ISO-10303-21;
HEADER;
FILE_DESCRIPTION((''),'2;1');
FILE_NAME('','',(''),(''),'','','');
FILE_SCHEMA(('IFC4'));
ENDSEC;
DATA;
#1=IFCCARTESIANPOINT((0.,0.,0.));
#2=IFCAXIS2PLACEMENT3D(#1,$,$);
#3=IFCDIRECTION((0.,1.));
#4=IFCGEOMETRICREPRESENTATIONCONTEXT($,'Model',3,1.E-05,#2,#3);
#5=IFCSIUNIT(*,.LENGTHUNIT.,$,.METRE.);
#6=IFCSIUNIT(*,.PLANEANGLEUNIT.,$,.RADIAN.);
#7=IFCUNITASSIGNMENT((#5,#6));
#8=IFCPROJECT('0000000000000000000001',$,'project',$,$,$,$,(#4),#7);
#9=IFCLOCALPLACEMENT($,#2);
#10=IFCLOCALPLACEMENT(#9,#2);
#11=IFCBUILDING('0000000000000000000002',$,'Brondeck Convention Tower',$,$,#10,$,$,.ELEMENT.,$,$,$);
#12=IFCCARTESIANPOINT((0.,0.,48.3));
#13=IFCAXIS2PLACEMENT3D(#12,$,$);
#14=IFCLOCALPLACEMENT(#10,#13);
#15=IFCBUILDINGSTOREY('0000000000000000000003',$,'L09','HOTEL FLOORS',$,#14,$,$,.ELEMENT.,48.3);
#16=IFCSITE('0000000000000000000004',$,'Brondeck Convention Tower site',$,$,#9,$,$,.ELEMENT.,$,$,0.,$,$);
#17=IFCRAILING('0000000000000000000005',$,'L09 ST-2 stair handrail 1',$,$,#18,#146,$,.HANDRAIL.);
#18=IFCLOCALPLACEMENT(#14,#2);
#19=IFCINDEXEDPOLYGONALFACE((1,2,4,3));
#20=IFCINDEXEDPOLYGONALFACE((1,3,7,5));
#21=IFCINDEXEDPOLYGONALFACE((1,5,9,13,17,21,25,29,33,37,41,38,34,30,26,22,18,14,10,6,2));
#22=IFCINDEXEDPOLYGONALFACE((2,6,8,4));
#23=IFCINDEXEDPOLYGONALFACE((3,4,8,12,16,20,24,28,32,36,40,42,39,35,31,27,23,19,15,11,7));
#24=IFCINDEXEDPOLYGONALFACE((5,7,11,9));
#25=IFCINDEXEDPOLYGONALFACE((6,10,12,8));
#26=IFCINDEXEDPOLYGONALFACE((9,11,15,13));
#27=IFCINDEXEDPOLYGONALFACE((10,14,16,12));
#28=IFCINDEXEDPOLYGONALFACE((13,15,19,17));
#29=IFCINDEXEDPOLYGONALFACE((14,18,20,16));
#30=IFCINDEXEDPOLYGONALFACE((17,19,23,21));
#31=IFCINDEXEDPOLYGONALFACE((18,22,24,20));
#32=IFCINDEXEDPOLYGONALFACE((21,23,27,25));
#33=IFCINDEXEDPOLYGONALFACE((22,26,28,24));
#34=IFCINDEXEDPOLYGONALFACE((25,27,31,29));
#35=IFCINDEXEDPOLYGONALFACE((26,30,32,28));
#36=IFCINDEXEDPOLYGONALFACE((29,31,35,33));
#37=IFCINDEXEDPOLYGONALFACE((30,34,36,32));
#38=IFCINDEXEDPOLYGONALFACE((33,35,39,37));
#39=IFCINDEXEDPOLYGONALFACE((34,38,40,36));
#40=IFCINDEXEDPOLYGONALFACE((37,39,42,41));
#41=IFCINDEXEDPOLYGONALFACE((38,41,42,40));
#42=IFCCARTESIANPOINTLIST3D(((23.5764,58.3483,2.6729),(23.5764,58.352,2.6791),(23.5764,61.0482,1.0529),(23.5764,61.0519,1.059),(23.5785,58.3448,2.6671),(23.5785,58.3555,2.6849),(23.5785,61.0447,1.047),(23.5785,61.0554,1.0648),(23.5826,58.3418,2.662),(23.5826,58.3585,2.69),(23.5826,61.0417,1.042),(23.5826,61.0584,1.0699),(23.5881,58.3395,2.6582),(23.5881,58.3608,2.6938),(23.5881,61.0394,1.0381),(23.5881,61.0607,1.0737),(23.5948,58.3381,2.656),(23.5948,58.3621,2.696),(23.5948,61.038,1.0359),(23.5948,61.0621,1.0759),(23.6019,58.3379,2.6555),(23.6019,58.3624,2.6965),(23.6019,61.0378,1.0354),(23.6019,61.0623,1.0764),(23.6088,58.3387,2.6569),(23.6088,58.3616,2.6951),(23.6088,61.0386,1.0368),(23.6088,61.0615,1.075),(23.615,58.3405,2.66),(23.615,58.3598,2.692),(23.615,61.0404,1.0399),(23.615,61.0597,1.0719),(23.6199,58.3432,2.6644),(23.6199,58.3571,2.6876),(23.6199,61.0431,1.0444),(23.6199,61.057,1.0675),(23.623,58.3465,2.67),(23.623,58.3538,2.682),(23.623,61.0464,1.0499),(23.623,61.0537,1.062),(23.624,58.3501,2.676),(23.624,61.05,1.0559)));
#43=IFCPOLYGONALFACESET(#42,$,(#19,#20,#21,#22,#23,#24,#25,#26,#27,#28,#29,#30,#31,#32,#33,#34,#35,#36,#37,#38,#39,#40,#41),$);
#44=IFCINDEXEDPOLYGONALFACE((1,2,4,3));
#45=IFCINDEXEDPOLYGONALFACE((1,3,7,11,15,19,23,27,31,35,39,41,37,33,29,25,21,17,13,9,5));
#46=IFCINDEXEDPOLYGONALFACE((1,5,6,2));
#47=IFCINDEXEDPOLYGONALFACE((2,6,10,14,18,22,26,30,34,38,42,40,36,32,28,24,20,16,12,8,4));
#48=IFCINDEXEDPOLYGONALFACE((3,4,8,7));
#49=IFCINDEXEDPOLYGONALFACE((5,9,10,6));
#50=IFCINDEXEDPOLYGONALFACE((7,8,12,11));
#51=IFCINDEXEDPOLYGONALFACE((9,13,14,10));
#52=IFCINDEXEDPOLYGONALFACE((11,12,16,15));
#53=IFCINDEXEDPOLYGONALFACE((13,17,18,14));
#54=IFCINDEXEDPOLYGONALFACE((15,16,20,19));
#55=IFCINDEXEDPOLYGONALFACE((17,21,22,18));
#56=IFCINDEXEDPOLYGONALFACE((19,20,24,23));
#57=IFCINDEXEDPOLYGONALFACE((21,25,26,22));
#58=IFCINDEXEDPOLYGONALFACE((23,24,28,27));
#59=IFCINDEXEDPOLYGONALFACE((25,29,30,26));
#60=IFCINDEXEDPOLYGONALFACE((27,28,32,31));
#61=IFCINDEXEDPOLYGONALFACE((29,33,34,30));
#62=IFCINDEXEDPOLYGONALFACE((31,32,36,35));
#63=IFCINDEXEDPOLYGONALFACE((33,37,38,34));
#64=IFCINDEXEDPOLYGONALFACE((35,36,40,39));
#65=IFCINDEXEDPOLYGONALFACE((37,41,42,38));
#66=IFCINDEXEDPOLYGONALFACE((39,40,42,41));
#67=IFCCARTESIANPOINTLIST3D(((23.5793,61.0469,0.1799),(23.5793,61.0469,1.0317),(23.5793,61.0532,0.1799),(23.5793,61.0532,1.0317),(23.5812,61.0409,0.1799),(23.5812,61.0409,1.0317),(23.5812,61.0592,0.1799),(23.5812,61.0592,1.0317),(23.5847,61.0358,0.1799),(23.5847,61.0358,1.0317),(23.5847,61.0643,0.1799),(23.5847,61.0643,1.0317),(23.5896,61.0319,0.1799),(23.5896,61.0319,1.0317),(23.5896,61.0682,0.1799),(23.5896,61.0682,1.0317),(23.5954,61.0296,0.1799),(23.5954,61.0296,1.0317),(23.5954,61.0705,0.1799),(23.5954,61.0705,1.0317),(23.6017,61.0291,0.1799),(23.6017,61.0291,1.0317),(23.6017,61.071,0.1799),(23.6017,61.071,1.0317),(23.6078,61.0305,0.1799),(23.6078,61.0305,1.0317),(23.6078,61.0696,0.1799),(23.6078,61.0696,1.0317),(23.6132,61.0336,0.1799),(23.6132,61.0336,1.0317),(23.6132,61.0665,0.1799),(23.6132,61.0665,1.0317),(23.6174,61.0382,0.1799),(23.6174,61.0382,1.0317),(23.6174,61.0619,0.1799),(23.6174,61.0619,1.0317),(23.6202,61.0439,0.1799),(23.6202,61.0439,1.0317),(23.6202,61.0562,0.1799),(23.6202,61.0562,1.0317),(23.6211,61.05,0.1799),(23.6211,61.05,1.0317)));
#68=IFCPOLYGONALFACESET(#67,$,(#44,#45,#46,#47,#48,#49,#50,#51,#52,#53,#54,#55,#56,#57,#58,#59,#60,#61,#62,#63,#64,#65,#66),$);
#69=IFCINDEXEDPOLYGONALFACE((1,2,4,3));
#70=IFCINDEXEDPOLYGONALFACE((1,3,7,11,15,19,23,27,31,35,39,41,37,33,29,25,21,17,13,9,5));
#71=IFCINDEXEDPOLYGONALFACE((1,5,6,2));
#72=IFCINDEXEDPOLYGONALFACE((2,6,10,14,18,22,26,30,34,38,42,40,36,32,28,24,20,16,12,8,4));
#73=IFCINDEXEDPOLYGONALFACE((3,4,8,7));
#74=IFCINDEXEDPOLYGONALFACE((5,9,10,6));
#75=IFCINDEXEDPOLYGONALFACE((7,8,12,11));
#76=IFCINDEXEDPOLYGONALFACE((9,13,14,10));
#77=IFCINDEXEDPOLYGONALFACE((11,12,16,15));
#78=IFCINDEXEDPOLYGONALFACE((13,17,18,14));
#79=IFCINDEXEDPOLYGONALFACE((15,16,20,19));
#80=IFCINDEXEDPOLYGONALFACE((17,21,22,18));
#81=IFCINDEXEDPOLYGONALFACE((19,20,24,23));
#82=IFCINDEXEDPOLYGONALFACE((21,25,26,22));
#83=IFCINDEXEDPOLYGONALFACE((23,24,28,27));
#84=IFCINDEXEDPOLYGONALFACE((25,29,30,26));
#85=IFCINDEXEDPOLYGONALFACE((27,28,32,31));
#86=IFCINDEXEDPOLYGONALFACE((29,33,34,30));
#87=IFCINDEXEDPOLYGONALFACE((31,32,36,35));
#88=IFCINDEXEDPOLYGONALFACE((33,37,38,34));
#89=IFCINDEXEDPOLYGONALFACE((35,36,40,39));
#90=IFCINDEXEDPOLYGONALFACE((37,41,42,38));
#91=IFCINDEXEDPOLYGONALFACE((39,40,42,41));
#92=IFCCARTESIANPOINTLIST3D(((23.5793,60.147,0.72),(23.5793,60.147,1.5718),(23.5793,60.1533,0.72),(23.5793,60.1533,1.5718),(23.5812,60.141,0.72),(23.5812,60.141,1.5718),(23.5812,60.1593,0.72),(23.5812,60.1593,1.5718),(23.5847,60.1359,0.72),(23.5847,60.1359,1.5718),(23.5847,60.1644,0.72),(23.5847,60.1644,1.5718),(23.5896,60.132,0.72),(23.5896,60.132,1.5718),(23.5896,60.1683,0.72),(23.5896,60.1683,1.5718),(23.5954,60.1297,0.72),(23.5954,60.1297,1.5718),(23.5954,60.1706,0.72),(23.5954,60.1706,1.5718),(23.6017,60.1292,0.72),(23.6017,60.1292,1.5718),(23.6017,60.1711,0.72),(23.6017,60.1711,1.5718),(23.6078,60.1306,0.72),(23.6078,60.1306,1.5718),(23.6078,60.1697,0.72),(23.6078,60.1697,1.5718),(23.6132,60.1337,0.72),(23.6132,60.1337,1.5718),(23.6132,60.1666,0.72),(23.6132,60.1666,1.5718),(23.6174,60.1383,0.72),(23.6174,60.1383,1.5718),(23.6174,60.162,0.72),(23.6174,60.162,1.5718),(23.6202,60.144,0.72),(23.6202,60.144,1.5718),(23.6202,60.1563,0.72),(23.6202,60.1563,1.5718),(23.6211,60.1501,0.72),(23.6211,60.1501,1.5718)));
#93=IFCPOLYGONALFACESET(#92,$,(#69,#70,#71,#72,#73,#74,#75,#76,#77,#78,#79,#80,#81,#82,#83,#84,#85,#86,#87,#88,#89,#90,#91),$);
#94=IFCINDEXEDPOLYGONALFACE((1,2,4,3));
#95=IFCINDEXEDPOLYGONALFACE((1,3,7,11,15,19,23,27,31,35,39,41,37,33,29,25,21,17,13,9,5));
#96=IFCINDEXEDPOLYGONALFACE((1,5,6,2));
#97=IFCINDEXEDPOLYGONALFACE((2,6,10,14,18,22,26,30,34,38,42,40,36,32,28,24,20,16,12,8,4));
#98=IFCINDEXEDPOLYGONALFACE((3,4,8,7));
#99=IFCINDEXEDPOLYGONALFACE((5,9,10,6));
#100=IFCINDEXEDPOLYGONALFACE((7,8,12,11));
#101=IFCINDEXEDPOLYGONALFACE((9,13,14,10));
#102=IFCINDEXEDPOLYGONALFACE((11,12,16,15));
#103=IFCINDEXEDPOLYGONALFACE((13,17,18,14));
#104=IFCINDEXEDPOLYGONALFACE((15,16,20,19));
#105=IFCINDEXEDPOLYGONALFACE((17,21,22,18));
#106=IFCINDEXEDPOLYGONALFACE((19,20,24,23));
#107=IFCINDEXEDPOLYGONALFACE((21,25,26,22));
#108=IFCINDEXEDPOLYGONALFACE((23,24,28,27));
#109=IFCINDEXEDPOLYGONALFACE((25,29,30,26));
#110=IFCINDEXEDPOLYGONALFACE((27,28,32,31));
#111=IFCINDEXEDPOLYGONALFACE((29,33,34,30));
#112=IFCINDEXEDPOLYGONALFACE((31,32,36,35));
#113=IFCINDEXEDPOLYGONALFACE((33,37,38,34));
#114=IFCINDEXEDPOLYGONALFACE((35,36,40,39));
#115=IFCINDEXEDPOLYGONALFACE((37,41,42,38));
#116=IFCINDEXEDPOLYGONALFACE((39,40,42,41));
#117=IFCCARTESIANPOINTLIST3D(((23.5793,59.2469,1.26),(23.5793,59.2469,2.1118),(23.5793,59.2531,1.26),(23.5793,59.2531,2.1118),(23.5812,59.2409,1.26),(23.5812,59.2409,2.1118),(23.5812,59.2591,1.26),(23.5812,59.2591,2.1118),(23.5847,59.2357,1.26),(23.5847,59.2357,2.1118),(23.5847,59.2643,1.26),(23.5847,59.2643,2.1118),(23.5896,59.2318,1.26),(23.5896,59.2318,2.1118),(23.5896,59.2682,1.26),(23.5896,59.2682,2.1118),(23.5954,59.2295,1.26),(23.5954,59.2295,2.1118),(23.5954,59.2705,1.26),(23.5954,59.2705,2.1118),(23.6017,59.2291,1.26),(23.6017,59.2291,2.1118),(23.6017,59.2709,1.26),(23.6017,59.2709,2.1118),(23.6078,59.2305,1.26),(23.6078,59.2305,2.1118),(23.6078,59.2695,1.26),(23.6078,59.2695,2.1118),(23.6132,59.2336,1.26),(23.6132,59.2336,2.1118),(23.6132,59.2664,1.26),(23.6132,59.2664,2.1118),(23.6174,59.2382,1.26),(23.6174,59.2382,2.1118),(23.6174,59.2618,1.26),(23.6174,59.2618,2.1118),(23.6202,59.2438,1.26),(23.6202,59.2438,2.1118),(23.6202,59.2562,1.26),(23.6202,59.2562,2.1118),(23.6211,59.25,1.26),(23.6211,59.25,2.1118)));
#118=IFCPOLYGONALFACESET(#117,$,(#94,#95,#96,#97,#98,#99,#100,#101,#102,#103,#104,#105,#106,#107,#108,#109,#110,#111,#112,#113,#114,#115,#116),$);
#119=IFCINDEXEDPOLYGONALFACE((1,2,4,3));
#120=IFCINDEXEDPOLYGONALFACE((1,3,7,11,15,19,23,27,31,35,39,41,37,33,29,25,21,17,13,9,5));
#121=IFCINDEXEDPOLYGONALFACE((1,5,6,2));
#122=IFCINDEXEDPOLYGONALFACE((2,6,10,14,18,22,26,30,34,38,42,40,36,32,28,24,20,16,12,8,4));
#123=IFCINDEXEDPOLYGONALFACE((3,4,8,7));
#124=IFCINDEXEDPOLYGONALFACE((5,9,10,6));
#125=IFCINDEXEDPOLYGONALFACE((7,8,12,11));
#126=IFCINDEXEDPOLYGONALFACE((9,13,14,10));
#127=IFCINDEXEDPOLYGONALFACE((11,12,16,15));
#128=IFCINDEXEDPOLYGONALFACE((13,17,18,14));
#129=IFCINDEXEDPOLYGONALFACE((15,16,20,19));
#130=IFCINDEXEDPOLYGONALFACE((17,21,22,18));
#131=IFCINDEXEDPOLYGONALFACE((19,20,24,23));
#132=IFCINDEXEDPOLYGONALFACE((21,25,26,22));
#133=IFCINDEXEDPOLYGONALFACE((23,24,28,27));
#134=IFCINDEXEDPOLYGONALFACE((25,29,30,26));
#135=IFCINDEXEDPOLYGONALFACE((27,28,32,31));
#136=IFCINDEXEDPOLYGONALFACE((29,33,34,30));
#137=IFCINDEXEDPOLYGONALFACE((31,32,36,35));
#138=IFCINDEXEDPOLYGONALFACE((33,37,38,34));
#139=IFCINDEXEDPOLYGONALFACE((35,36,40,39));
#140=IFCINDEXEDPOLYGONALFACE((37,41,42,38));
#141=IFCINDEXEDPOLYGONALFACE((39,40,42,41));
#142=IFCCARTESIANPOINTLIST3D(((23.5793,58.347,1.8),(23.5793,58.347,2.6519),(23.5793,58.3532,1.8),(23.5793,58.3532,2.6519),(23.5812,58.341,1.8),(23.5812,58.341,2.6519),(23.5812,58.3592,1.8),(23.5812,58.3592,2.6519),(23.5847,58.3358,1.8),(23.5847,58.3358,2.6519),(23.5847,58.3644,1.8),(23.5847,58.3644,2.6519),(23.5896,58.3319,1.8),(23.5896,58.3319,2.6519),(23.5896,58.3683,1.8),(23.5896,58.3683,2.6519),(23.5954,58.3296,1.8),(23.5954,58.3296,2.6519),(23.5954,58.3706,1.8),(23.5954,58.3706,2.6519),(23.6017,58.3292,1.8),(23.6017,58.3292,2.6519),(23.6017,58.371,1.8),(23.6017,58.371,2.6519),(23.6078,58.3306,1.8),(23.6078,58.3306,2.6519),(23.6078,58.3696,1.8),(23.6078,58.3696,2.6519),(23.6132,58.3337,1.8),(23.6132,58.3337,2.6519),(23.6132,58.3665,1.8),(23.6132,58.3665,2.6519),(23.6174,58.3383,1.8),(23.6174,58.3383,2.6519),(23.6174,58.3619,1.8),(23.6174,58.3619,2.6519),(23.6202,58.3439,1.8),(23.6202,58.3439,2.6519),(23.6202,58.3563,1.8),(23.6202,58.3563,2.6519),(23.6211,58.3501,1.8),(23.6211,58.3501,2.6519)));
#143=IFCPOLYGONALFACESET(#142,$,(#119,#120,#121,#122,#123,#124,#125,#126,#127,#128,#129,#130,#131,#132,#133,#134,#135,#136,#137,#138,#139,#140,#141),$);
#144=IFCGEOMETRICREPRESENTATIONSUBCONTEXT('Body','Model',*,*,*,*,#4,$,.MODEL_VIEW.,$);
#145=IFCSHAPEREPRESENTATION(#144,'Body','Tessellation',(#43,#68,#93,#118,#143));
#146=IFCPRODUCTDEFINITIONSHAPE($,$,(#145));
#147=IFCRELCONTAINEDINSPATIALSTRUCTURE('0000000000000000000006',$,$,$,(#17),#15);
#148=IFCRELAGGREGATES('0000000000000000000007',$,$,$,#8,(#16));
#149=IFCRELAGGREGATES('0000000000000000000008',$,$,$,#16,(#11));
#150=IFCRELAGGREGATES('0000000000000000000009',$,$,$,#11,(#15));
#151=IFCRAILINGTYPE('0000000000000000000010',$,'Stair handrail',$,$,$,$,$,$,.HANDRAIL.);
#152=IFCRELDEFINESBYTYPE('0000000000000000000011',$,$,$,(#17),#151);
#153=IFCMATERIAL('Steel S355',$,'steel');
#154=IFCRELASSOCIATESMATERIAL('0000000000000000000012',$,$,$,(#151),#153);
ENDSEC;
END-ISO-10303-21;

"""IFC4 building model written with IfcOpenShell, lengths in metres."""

from ifc_helpers import new_model, si_unit, direction, frame, origin, origin_2d, place, context, subcontext, project, spatial, circle, extrude, material, type_object, element, save


model = new_model("IFC4")

# Units and contexts
model_context = context("Model", 3, precision=1e-05, world=origin(), true_north=direction((0.0, 1.0)))
body_context = subcontext(model_context, "Body", "Model", "MODEL_VIEW")
ifc_project = project(units=[si_unit("LENGTHUNIT", "METRE"), si_unit("PLANEANGLEUNIT", "RADIAN")], contexts=[model_context])

# Site, building, storey
site_placement = place(None, origin())
site = spatial("IfcSite", under=ifc_project, at=site_placement, Name="Brondeck Convention Tower site", CompositionType="ELEMENT", RefElevation=0.0)
building_placement = place(site_placement, origin())
building = spatial("IfcBuilding", under=site, at=building_placement, Name="Brondeck Convention Tower", CompositionType="ELEMENT")
storey_placement = place(building_placement, frame((0.0, 0.0, 48.3)))
storey = spatial("IfcBuildingStorey", under=building, at=storey_placement, Name="L09", Description="HOTEL FLOORS", CompositionType="ELEMENT", Elevation=48.3)

# Railing
ifc_material_1 = material(Name="Steel S355", Category="steel")
railing_type_1 = type_object("IfcRailingType", Name="Stair handrail", PredefinedType="HANDRAIL", material=ifc_material_1)
railing_1_placement = place(storey_placement, frame((23.6001, 61.05, 0.1799)))
element("IfcRailing", 1, at=railing_1_placement, inside=storey, type_object=railing_type_1, Name="L09 ST-2 stair handrail 1", PredefinedType="HANDRAIL", context=body_context, shape_type="SweptSolid", body=[
    extrude(circle(Radius=0.0239, at=origin_2d()), frame((0.0, 0.0, 0.876), z_axis=(0.0, -0.857472, 0.51453), x_axis=(1.0, 0.0, 0.0)), (0.0, 0.0, 1.0), 3.1487),
    extrude(circle(Radius=0.021, at=origin_2d()), origin(), (0.0, 0.0, 1.0), 0.8518),
    extrude(circle(Radius=0.021, at=origin_2d()), frame((0.0, -0.8999, 0.54)), (0.0, 0.0, 1.0), 0.8518),
    extrude(circle(Radius=0.021, at=origin_2d()), frame((0.0, -1.8, 1.0801)), (0.0, 0.0, 1.0), 0.8518),
    extrude(circle(Radius=0.021, at=origin_2d()), frame((0.0, -2.7, 1.6201)), (0.0, 0.0, 1.0), 0.8518),
])

save(model, "model.ifc")
